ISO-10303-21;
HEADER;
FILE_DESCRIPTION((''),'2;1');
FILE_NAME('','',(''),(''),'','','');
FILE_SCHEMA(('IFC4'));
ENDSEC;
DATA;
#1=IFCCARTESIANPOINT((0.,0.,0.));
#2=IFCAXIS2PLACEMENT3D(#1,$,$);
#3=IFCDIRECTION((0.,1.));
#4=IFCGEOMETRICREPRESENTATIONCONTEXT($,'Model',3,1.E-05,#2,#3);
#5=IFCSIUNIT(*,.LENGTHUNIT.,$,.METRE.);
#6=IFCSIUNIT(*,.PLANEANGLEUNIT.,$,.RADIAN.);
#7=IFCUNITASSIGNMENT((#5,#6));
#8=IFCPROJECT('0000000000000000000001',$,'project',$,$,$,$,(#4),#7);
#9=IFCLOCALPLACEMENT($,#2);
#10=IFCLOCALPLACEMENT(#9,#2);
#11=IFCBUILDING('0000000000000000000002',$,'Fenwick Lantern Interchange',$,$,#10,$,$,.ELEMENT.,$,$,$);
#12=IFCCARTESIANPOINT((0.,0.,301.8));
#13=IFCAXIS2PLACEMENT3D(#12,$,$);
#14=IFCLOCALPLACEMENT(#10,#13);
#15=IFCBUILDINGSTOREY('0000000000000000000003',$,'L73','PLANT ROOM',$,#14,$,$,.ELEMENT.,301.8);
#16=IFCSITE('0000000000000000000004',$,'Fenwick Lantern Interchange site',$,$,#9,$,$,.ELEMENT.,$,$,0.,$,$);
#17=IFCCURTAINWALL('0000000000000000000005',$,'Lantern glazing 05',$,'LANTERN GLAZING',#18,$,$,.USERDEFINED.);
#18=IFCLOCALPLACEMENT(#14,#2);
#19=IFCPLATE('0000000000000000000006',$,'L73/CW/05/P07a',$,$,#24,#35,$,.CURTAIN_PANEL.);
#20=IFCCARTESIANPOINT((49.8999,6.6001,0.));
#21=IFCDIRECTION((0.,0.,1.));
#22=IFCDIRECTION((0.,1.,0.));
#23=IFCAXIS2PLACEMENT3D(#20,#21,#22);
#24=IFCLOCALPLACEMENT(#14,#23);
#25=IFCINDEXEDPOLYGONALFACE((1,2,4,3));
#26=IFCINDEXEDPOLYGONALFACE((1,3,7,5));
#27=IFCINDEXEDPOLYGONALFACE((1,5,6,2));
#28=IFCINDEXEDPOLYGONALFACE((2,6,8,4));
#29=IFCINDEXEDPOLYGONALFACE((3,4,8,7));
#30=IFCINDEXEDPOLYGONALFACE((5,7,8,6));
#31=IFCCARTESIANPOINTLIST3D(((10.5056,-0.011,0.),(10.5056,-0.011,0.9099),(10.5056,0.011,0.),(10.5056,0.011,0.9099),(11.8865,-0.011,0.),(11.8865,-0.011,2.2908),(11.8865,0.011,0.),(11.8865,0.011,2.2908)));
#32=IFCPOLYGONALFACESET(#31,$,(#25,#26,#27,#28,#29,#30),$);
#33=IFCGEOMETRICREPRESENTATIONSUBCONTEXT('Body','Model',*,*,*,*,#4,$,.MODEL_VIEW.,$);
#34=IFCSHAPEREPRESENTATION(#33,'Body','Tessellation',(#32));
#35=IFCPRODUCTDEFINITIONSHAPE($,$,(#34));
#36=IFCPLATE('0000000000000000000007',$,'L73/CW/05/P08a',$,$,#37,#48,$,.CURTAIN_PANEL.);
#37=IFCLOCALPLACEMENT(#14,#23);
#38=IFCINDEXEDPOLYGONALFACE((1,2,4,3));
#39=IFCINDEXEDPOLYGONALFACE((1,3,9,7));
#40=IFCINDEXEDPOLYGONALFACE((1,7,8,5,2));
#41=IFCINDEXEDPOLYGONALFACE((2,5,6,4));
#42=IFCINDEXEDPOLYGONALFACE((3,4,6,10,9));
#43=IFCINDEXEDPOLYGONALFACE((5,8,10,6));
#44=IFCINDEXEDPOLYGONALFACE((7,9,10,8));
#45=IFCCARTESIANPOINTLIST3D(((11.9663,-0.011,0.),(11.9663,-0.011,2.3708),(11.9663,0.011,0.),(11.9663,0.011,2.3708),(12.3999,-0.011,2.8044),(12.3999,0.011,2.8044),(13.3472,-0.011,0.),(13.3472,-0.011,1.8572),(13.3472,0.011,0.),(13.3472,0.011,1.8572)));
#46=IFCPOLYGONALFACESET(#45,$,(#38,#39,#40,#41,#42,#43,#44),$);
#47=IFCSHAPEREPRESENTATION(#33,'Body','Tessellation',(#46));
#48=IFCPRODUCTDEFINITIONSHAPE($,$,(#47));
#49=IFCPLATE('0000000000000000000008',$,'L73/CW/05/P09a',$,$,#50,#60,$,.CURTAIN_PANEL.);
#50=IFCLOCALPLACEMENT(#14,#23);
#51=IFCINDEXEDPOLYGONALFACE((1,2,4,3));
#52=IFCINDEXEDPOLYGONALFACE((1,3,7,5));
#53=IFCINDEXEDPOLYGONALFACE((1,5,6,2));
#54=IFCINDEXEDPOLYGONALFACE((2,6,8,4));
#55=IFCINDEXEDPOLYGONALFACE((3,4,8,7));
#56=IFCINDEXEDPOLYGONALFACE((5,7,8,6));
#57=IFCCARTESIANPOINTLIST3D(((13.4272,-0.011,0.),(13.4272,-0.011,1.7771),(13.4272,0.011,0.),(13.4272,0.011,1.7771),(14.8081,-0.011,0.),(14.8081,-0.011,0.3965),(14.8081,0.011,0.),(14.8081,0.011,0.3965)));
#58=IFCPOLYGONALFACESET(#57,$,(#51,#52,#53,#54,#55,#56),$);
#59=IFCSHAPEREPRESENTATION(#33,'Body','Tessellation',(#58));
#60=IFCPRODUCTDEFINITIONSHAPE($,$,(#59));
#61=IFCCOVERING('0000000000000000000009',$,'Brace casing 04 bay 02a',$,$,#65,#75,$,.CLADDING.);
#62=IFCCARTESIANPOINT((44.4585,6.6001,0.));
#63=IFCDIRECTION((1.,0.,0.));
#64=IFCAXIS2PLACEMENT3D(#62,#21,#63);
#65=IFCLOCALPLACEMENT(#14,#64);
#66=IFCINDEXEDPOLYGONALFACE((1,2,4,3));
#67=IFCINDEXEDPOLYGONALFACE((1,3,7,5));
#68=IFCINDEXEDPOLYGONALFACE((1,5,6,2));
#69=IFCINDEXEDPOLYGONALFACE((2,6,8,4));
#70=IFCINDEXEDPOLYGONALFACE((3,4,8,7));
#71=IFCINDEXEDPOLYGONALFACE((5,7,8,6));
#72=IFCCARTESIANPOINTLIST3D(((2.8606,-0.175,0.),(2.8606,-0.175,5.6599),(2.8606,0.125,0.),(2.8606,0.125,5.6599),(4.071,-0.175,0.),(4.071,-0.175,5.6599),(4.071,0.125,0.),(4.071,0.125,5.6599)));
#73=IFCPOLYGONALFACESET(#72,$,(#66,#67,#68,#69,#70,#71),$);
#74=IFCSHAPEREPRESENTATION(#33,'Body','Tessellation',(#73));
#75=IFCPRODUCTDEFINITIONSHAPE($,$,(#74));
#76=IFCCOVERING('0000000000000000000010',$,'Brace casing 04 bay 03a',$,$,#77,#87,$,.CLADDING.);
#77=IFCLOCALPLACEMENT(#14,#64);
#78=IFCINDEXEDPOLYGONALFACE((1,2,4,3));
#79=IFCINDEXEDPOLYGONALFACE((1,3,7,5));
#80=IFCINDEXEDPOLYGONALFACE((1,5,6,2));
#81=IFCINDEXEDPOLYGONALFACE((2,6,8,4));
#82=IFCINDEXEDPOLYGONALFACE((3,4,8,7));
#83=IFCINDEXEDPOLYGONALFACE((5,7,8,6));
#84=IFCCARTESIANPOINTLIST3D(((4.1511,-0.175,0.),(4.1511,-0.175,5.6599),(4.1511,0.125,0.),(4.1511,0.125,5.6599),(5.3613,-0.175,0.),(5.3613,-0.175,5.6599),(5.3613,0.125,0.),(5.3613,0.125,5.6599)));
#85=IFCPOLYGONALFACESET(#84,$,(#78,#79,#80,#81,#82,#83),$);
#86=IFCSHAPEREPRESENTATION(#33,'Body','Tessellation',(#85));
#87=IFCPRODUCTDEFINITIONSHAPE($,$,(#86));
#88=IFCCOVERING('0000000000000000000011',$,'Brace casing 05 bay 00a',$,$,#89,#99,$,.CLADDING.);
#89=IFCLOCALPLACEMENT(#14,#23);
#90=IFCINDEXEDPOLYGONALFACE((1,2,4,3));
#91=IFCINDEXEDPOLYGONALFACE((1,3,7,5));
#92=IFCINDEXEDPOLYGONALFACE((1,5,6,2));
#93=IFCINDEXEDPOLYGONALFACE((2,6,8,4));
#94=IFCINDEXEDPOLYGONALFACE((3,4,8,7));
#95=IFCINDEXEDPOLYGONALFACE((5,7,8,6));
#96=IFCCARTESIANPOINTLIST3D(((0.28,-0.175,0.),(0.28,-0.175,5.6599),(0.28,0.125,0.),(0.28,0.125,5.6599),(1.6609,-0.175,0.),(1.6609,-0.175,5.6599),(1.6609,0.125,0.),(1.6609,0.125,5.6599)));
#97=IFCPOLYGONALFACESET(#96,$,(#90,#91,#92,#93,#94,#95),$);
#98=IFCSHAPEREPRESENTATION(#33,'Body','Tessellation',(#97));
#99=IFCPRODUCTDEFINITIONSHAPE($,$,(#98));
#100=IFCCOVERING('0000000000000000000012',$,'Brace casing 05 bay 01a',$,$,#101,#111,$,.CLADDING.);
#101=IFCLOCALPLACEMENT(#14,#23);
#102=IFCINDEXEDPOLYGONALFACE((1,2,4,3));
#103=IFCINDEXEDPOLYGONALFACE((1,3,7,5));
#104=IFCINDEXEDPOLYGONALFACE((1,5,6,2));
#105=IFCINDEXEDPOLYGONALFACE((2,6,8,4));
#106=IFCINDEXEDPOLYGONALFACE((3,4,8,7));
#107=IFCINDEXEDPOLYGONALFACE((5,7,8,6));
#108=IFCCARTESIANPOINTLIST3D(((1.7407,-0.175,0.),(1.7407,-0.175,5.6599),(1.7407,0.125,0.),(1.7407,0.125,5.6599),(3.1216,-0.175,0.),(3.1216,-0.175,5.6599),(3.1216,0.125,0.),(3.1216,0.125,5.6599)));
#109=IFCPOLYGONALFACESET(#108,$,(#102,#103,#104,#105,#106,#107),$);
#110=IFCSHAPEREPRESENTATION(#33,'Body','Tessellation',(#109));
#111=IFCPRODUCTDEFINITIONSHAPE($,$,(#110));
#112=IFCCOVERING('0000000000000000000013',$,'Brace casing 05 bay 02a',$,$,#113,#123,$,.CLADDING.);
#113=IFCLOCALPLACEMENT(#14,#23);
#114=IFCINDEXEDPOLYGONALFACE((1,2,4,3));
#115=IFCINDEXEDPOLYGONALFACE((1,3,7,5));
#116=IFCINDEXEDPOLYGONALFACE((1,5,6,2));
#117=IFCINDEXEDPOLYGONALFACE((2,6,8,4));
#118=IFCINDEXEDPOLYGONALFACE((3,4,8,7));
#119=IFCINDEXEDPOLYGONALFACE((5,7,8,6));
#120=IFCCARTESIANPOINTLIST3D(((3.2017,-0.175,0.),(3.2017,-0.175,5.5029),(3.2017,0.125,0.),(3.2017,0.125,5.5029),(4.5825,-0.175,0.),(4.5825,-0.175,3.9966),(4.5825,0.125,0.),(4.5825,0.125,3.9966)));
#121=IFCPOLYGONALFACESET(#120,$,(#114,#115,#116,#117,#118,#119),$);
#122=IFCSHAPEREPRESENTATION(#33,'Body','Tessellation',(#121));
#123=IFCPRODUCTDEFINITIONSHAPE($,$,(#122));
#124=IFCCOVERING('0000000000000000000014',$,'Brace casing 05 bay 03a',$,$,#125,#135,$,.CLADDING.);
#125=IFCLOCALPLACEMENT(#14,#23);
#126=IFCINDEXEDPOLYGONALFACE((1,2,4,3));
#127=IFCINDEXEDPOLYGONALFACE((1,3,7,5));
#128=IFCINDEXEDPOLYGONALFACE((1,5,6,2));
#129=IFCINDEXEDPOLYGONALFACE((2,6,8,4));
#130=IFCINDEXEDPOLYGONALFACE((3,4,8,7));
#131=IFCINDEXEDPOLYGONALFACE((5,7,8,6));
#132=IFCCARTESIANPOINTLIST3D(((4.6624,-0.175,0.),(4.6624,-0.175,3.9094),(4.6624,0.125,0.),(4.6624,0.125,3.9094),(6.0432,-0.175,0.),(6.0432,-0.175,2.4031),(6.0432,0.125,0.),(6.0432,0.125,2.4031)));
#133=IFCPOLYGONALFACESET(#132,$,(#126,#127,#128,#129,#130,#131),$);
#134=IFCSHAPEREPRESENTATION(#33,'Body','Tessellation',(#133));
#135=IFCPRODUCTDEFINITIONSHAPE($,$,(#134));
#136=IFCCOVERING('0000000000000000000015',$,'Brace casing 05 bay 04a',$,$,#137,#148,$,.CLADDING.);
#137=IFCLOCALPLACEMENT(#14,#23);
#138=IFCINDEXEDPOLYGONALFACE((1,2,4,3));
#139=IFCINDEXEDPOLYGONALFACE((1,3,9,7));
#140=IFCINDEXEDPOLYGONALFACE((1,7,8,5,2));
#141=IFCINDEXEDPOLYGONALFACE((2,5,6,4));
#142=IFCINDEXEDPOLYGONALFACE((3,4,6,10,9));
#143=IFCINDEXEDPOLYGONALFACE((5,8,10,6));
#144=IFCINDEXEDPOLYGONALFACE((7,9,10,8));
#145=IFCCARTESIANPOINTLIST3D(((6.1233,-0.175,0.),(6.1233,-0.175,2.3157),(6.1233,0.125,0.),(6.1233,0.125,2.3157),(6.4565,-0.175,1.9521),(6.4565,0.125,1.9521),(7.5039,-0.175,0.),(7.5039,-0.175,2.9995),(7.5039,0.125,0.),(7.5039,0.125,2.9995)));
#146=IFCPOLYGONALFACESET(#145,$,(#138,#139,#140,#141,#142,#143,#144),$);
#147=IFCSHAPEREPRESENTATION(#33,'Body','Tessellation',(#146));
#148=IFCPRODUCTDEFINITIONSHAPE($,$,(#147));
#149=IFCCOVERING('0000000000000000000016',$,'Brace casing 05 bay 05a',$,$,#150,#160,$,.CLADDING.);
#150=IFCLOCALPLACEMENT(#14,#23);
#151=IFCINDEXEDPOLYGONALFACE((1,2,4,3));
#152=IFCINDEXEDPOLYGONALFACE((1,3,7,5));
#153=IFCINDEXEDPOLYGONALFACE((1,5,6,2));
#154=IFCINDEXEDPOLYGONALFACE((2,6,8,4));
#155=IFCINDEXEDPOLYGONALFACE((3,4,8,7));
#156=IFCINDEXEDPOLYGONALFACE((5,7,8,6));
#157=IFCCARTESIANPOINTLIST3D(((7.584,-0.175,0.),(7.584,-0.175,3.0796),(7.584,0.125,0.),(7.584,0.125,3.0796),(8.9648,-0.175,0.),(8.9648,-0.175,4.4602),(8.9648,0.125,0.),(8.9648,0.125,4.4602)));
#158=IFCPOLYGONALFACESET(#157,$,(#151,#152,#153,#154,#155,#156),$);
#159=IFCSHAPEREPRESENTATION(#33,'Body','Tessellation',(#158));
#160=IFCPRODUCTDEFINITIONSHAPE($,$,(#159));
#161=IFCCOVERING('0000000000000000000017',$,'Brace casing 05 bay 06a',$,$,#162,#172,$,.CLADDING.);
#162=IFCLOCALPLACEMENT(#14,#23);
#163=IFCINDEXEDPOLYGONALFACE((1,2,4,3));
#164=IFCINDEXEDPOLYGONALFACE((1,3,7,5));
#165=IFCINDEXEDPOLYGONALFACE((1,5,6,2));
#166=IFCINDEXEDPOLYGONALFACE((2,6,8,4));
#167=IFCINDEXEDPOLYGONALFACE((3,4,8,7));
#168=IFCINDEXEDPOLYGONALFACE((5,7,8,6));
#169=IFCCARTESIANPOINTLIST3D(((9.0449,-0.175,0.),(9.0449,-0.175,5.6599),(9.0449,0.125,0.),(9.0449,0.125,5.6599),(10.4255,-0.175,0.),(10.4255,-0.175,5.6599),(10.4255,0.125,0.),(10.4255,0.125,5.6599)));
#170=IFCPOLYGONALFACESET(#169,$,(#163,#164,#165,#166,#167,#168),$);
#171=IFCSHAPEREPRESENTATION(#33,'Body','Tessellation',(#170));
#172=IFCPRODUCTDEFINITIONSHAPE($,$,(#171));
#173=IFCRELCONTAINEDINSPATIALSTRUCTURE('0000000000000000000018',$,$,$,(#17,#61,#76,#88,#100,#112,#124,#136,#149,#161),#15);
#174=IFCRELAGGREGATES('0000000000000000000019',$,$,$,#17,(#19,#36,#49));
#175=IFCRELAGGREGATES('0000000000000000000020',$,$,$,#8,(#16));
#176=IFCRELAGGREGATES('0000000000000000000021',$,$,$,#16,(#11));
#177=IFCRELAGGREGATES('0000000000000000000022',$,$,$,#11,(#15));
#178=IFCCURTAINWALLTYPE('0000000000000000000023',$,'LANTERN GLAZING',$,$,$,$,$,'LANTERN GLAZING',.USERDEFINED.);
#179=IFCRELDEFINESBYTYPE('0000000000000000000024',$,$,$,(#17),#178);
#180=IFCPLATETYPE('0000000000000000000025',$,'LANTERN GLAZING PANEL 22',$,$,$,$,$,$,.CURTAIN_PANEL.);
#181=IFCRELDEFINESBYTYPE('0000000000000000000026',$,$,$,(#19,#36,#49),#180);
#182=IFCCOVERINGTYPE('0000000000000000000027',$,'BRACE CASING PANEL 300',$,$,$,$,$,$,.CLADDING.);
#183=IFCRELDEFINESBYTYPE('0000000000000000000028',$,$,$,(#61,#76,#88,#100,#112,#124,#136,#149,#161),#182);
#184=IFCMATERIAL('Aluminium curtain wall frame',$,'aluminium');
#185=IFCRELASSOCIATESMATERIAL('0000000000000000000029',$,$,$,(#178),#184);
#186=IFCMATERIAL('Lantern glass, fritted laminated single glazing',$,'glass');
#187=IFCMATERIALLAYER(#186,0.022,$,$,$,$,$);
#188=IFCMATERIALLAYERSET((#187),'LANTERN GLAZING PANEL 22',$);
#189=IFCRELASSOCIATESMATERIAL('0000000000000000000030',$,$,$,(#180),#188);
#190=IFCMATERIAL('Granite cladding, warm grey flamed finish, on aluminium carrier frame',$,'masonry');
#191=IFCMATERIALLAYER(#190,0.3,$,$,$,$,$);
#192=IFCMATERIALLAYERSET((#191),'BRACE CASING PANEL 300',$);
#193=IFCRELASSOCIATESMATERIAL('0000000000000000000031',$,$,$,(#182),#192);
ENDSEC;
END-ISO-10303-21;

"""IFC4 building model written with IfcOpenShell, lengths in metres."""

from ifc_helpers import new_model, si_unit, direction, frame, origin, place, context, subcontext, project, spatial, polyline, outline, extrude, material, layer, layer_set, type_object, element, aggregate, save


model = new_model("IFC4")

# Units and contexts
model_context = context("Model", 3, precision=1e-05, world=origin(), true_north=direction((0.0, 1.0)))
body_context = subcontext(model_context, "Body", "Model", "MODEL_VIEW")
ifc_project = project(units=[si_unit("LENGTHUNIT", "METRE"), si_unit("PLANEANGLEUNIT", "RADIAN")], contexts=[model_context])

# Site, building, storey
site_placement = place(None, origin())
site = spatial("IfcSite", under=ifc_project, at=site_placement, Name="Fenwick Lantern Interchange site", CompositionType="ELEMENT", RefElevation=0.0)
building_placement = place(site_placement, origin())
building = spatial("IfcBuilding", under=site, at=building_placement, Name="Fenwick Lantern Interchange", CompositionType="ELEMENT")
storey_placement = place(building_placement, frame((0.0, 0.0, 301.8)))
storey = spatial("IfcBuildingStorey", under=building, at=storey_placement, Name="L73", Description="PLANT ROOM", CompositionType="ELEMENT", Elevation=301.8)

# Shared definitions
ifc_material_1 = material(Name="Aluminium curtain wall frame", Category="aluminium")
curtain_wall_type = type_object("IfcCurtainWallType", Name="LANTERN GLAZING", ElementType="LANTERN GLAZING", PredefinedType="USERDEFINED", material=ifc_material_1)
ifc_material_2 = material(Name="Lantern glass, fritted laminated single glazing", Category="glass")
ifc_layer_1 = layer(ifc_material_2, 0.022)
ifc_layer_set_1 = layer_set([ifc_layer_1], Name="LANTERN GLAZING PANEL 22")
plate_type = type_object("IfcPlateType", Name="LANTERN GLAZING PANEL 22", PredefinedType="CURTAIN_PANEL", material=ifc_layer_set_1)

# Curtain wall, plates
curtain_wall_1_placement = place(storey_placement, origin())
curtain_wall_1 = element("IfcCurtainWall", 1, at=curtain_wall_1_placement, inside=storey, type_object=curtain_wall_type, Name="Lantern glazing 05", ObjectType="LANTERN GLAZING", PredefinedType="USERDEFINED")
plate_1_placement = place(storey_placement, frame((49.8999, 6.6001, 0.0), z_axis=(0.0, 0.0, 1.0), x_axis=(0.0, 1.0, 0.0)))
plate_1 = element("IfcPlate", 2, at=plate_1_placement, type_object=plate_type, Name="L73/CW/05/P07a", PredefinedType="CURTAIN_PANEL", context=body_context, shape_type="SweptSolid", body=[
    extrude(outline(polyline([(10.5056, 0.0), (11.8865, 0.0), (11.8865, 2.2908), (10.5056, 0.9099), (10.5056, 0.0)])), frame((0.0, 0.011, 0.0), z_axis=(0.0, -1.0, 0.0), x_axis=(1.0, 0.0, 0.0)), (0.0, 0.0, 1.0), 0.022),
])
plate_2_placement = place(storey_placement, frame((49.8999, 6.6001, 0.0), z_axis=(0.0, 0.0, 1.0), x_axis=(0.0, 1.0, 0.0)))
plate_2 = element("IfcPlate", 3, at=plate_2_placement, type_object=plate_type, Name="L73/CW/05/P08a", PredefinedType="CURTAIN_PANEL", context=body_context, shape_type="SweptSolid", body=[
    extrude(outline(polyline([(11.9663, 0.0), (13.3472, 0.0), (13.3472, 1.8572), (12.3999, 2.8044), (11.9663, 2.3708), (11.9663, 0.0)])), frame((0.0, 0.011, 0.0), z_axis=(0.0, -1.0, 0.0), x_axis=(1.0, 0.0, 0.0)), (0.0, 0.0, 1.0), 0.022),
])
plate_3_placement = place(storey_placement, frame((49.8999, 6.6001, 0.0), z_axis=(0.0, 0.0, 1.0), x_axis=(0.0, 1.0, 0.0)))
plate_3 = element("IfcPlate", 4, at=plate_3_placement, type_object=plate_type, Name="L73/CW/05/P09a", PredefinedType="CURTAIN_PANEL", context=body_context, shape_type="SweptSolid", body=[
    extrude(outline(polyline([(13.4272, 0.0), (14.8081, 0.0), (14.8081, 0.3965), (13.4272, 1.7771), (13.4272, 0.0)])), frame((0.0, 0.011, 0.0), z_axis=(0.0, -1.0, 0.0), x_axis=(1.0, 0.0, 0.0)), (0.0, 0.0, 1.0), 0.022),
])
aggregate(curtain_wall_1, [plate_1, plate_2, plate_3])

# Coverings
ifc_material_3 = material(Name="Granite cladding, warm grey flamed finish, on aluminium carrier frame", Category="masonry")
ifc_layer_2 = layer(ifc_material_3, 0.3)
ifc_layer_set_2 = layer_set([ifc_layer_2], Name="BRACE CASING PANEL 300")
covering_type = type_object("IfcCoveringType", Name="BRACE CASING PANEL 300", PredefinedType="CLADDING", material=ifc_layer_set_2)
covering_1_placement = place(storey_placement, frame((44.4585, 6.6001, 0.0), z_axis=(0.0, 0.0, 1.0), x_axis=(1.0, 0.0, 0.0)))
element("IfcCovering", 5, at=covering_1_placement, inside=storey, type_object=covering_type, Name="Brace casing 04 bay 02a", PredefinedType="CLADDING", context=body_context, shape_type="SweptSolid", body=[
    extrude(outline(polyline([(2.8606, 0.0), (4.071, 0.0), (4.071, 5.6599), (2.8606, 5.6599), (2.8606, 0.0)])), frame((0.0, 0.125, 0.0), z_axis=(0.0, -1.0, 0.0), x_axis=(1.0, 0.0, 0.0)), (0.0, 0.0, 1.0), 0.3),
])
covering_2_placement = place(storey_placement, frame((44.4585, 6.6001, 0.0), z_axis=(0.0, 0.0, 1.0), x_axis=(1.0, 0.0, 0.0)))
element("IfcCovering", 6, at=covering_2_placement, inside=storey, type_object=covering_type, Name="Brace casing 04 bay 03a", PredefinedType="CLADDING", context=body_context, shape_type="SweptSolid", body=[
    extrude(outline(polyline([(4.1511, 0.0), (5.3613, 0.0), (5.3613, 5.6599), (4.1511, 5.6599), (4.1511, 0.0)])), frame((0.0, 0.125, 0.0), z_axis=(0.0, -1.0, 0.0), x_axis=(1.0, 0.0, 0.0)), (0.0, 0.0, 1.0), 0.3),
])
covering_3_placement = place(storey_placement, frame((49.8999, 6.6001, 0.0), z_axis=(0.0, 0.0, 1.0), x_axis=(0.0, 1.0, 0.0)))
element("IfcCovering", 7, at=covering_3_placement, inside=storey, type_object=covering_type, Name="Brace casing 05 bay 00a", PredefinedType="CLADDING", context=body_context, shape_type="SweptSolid", body=[
    extrude(outline(polyline([(0.28, 0.0), (1.6609, 0.0), (1.6609, 5.6599), (0.28, 5.6599), (0.28, 0.0)])), frame((0.0, 0.125, 0.0), z_axis=(0.0, -1.0, 0.0), x_axis=(1.0, 0.0, 0.0)), (0.0, 0.0, 1.0), 0.3),
])
covering_4_placement = place(storey_placement, frame((49.8999, 6.6001, 0.0), z_axis=(0.0, 0.0, 1.0), x_axis=(0.0, 1.0, 0.0)))
element("IfcCovering", 8, at=covering_4_placement, inside=storey, type_object=covering_type, Name="Brace casing 05 bay 01a", PredefinedType="CLADDING", context=body_context, shape_type="SweptSolid", body=[
    extrude(outline(polyline([(1.7407, 0.0), (3.1216, 0.0), (3.1216, 5.6599), (1.7407, 5.6599), (1.7407, 0.0)])), frame((0.0, 0.125, 0.0), z_axis=(0.0, -1.0, 0.0), x_axis=(1.0, 0.0, 0.0)), (0.0, 0.0, 1.0), 0.3),
])
covering_5_placement = place(storey_placement, frame((49.8999, 6.6001, 0.0), z_axis=(0.0, 0.0, 1.0), x_axis=(0.0, 1.0, 0.0)))
element("IfcCovering", 9, at=covering_5_placement, inside=storey, type_object=covering_type, Name="Brace casing 05 bay 02a", PredefinedType="CLADDING", context=body_context, shape_type="SweptSolid", body=[
    extrude(outline(polyline([(3.2017, 0.0), (4.5825, 0.0), (4.5825, 3.9966), (3.2017, 5.5029), (3.2017, 0.0)])), frame((0.0, 0.125, 0.0), z_axis=(0.0, -1.0, 0.0), x_axis=(1.0, 0.0, 0.0)), (0.0, 0.0, 1.0), 0.3),
])
covering_6_placement = place(storey_placement, frame((49.8999, 6.6001, 0.0), z_axis=(0.0, 0.0, 1.0), x_axis=(0.0, 1.0, 0.0)))
element("IfcCovering", 10, at=covering_6_placement, inside=storey, type_object=covering_type, Name="Brace casing 05 bay 03a", PredefinedType="CLADDING", context=body_context, shape_type="SweptSolid", body=[
    extrude(outline(polyline([(4.6624, 0.0), (6.0432, 0.0), (6.0432, 2.4031), (4.6624, 3.9094), (4.6624, 0.0)])), frame((0.0, 0.125, 0.0), z_axis=(0.0, -1.0, 0.0), x_axis=(1.0, 0.0, 0.0)), (0.0, 0.0, 1.0), 0.3),
])
covering_7_placement = place(storey_placement, frame((49.8999, 6.6001, 0.0), z_axis=(0.0, 0.0, 1.0), x_axis=(0.0, 1.0, 0.0)))
element("IfcCovering", 11, at=covering_7_placement, inside=storey, type_object=covering_type, Name="Brace casing 05 bay 04a", PredefinedType="CLADDING", context=body_context, shape_type="SweptSolid", body=[
    extrude(outline(polyline([(6.1233, 0.0), (7.5039, 0.0), (7.5039, 2.9995), (6.4565, 1.9521), (6.1233, 2.3157), (6.1233, 0.0)])), frame((0.0, 0.125, 0.0), z_axis=(0.0, -1.0, 0.0), x_axis=(1.0, 0.0, 0.0)), (0.0, 0.0, 1.0), 0.3),
])
covering_8_placement = place(storey_placement, frame((49.8999, 6.6001, 0.0), z_axis=(0.0, 0.0, 1.0), x_axis=(0.0, 1.0, 0.0)))
element("IfcCovering", 12, at=covering_8_placement, inside=storey, type_object=covering_type, Name="Brace casing 05 bay 05a", PredefinedType="CLADDING", context=body_context, shape_type="SweptSolid", body=[
    extrude(outline(polyline([(7.584, 0.0), (8.9648, 0.0), (8.9648, 4.4602), (7.584, 3.0796), (7.584, 0.0)])), frame((0.0, 0.125, 0.0), z_axis=(0.0, -1.0, 0.0), x_axis=(1.0, 0.0, 0.0)), (0.0, 0.0, 1.0), 0.3),
])
covering_9_placement = place(storey_placement, frame((49.8999, 6.6001, 0.0), z_axis=(0.0, 0.0, 1.0), x_axis=(0.0, 1.0, 0.0)))
element("IfcCovering", 13, at=covering_9_placement, inside=storey, type_object=covering_type, Name="Brace casing 05 bay 06a", PredefinedType="CLADDING", context=body_context, shape_type="SweptSolid", body=[
    extrude(outline(polyline([(9.0449, 0.0), (10.4255, 0.0), (10.4255, 5.6599), (9.0449, 5.6599), (9.0449, 0.0)])), frame((0.0, 0.125, 0.0), z_axis=(0.0, -1.0, 0.0), x_axis=(1.0, 0.0, 0.0)), (0.0, 0.0, 1.0), 0.3),
])

save(model, "model.ifc")
